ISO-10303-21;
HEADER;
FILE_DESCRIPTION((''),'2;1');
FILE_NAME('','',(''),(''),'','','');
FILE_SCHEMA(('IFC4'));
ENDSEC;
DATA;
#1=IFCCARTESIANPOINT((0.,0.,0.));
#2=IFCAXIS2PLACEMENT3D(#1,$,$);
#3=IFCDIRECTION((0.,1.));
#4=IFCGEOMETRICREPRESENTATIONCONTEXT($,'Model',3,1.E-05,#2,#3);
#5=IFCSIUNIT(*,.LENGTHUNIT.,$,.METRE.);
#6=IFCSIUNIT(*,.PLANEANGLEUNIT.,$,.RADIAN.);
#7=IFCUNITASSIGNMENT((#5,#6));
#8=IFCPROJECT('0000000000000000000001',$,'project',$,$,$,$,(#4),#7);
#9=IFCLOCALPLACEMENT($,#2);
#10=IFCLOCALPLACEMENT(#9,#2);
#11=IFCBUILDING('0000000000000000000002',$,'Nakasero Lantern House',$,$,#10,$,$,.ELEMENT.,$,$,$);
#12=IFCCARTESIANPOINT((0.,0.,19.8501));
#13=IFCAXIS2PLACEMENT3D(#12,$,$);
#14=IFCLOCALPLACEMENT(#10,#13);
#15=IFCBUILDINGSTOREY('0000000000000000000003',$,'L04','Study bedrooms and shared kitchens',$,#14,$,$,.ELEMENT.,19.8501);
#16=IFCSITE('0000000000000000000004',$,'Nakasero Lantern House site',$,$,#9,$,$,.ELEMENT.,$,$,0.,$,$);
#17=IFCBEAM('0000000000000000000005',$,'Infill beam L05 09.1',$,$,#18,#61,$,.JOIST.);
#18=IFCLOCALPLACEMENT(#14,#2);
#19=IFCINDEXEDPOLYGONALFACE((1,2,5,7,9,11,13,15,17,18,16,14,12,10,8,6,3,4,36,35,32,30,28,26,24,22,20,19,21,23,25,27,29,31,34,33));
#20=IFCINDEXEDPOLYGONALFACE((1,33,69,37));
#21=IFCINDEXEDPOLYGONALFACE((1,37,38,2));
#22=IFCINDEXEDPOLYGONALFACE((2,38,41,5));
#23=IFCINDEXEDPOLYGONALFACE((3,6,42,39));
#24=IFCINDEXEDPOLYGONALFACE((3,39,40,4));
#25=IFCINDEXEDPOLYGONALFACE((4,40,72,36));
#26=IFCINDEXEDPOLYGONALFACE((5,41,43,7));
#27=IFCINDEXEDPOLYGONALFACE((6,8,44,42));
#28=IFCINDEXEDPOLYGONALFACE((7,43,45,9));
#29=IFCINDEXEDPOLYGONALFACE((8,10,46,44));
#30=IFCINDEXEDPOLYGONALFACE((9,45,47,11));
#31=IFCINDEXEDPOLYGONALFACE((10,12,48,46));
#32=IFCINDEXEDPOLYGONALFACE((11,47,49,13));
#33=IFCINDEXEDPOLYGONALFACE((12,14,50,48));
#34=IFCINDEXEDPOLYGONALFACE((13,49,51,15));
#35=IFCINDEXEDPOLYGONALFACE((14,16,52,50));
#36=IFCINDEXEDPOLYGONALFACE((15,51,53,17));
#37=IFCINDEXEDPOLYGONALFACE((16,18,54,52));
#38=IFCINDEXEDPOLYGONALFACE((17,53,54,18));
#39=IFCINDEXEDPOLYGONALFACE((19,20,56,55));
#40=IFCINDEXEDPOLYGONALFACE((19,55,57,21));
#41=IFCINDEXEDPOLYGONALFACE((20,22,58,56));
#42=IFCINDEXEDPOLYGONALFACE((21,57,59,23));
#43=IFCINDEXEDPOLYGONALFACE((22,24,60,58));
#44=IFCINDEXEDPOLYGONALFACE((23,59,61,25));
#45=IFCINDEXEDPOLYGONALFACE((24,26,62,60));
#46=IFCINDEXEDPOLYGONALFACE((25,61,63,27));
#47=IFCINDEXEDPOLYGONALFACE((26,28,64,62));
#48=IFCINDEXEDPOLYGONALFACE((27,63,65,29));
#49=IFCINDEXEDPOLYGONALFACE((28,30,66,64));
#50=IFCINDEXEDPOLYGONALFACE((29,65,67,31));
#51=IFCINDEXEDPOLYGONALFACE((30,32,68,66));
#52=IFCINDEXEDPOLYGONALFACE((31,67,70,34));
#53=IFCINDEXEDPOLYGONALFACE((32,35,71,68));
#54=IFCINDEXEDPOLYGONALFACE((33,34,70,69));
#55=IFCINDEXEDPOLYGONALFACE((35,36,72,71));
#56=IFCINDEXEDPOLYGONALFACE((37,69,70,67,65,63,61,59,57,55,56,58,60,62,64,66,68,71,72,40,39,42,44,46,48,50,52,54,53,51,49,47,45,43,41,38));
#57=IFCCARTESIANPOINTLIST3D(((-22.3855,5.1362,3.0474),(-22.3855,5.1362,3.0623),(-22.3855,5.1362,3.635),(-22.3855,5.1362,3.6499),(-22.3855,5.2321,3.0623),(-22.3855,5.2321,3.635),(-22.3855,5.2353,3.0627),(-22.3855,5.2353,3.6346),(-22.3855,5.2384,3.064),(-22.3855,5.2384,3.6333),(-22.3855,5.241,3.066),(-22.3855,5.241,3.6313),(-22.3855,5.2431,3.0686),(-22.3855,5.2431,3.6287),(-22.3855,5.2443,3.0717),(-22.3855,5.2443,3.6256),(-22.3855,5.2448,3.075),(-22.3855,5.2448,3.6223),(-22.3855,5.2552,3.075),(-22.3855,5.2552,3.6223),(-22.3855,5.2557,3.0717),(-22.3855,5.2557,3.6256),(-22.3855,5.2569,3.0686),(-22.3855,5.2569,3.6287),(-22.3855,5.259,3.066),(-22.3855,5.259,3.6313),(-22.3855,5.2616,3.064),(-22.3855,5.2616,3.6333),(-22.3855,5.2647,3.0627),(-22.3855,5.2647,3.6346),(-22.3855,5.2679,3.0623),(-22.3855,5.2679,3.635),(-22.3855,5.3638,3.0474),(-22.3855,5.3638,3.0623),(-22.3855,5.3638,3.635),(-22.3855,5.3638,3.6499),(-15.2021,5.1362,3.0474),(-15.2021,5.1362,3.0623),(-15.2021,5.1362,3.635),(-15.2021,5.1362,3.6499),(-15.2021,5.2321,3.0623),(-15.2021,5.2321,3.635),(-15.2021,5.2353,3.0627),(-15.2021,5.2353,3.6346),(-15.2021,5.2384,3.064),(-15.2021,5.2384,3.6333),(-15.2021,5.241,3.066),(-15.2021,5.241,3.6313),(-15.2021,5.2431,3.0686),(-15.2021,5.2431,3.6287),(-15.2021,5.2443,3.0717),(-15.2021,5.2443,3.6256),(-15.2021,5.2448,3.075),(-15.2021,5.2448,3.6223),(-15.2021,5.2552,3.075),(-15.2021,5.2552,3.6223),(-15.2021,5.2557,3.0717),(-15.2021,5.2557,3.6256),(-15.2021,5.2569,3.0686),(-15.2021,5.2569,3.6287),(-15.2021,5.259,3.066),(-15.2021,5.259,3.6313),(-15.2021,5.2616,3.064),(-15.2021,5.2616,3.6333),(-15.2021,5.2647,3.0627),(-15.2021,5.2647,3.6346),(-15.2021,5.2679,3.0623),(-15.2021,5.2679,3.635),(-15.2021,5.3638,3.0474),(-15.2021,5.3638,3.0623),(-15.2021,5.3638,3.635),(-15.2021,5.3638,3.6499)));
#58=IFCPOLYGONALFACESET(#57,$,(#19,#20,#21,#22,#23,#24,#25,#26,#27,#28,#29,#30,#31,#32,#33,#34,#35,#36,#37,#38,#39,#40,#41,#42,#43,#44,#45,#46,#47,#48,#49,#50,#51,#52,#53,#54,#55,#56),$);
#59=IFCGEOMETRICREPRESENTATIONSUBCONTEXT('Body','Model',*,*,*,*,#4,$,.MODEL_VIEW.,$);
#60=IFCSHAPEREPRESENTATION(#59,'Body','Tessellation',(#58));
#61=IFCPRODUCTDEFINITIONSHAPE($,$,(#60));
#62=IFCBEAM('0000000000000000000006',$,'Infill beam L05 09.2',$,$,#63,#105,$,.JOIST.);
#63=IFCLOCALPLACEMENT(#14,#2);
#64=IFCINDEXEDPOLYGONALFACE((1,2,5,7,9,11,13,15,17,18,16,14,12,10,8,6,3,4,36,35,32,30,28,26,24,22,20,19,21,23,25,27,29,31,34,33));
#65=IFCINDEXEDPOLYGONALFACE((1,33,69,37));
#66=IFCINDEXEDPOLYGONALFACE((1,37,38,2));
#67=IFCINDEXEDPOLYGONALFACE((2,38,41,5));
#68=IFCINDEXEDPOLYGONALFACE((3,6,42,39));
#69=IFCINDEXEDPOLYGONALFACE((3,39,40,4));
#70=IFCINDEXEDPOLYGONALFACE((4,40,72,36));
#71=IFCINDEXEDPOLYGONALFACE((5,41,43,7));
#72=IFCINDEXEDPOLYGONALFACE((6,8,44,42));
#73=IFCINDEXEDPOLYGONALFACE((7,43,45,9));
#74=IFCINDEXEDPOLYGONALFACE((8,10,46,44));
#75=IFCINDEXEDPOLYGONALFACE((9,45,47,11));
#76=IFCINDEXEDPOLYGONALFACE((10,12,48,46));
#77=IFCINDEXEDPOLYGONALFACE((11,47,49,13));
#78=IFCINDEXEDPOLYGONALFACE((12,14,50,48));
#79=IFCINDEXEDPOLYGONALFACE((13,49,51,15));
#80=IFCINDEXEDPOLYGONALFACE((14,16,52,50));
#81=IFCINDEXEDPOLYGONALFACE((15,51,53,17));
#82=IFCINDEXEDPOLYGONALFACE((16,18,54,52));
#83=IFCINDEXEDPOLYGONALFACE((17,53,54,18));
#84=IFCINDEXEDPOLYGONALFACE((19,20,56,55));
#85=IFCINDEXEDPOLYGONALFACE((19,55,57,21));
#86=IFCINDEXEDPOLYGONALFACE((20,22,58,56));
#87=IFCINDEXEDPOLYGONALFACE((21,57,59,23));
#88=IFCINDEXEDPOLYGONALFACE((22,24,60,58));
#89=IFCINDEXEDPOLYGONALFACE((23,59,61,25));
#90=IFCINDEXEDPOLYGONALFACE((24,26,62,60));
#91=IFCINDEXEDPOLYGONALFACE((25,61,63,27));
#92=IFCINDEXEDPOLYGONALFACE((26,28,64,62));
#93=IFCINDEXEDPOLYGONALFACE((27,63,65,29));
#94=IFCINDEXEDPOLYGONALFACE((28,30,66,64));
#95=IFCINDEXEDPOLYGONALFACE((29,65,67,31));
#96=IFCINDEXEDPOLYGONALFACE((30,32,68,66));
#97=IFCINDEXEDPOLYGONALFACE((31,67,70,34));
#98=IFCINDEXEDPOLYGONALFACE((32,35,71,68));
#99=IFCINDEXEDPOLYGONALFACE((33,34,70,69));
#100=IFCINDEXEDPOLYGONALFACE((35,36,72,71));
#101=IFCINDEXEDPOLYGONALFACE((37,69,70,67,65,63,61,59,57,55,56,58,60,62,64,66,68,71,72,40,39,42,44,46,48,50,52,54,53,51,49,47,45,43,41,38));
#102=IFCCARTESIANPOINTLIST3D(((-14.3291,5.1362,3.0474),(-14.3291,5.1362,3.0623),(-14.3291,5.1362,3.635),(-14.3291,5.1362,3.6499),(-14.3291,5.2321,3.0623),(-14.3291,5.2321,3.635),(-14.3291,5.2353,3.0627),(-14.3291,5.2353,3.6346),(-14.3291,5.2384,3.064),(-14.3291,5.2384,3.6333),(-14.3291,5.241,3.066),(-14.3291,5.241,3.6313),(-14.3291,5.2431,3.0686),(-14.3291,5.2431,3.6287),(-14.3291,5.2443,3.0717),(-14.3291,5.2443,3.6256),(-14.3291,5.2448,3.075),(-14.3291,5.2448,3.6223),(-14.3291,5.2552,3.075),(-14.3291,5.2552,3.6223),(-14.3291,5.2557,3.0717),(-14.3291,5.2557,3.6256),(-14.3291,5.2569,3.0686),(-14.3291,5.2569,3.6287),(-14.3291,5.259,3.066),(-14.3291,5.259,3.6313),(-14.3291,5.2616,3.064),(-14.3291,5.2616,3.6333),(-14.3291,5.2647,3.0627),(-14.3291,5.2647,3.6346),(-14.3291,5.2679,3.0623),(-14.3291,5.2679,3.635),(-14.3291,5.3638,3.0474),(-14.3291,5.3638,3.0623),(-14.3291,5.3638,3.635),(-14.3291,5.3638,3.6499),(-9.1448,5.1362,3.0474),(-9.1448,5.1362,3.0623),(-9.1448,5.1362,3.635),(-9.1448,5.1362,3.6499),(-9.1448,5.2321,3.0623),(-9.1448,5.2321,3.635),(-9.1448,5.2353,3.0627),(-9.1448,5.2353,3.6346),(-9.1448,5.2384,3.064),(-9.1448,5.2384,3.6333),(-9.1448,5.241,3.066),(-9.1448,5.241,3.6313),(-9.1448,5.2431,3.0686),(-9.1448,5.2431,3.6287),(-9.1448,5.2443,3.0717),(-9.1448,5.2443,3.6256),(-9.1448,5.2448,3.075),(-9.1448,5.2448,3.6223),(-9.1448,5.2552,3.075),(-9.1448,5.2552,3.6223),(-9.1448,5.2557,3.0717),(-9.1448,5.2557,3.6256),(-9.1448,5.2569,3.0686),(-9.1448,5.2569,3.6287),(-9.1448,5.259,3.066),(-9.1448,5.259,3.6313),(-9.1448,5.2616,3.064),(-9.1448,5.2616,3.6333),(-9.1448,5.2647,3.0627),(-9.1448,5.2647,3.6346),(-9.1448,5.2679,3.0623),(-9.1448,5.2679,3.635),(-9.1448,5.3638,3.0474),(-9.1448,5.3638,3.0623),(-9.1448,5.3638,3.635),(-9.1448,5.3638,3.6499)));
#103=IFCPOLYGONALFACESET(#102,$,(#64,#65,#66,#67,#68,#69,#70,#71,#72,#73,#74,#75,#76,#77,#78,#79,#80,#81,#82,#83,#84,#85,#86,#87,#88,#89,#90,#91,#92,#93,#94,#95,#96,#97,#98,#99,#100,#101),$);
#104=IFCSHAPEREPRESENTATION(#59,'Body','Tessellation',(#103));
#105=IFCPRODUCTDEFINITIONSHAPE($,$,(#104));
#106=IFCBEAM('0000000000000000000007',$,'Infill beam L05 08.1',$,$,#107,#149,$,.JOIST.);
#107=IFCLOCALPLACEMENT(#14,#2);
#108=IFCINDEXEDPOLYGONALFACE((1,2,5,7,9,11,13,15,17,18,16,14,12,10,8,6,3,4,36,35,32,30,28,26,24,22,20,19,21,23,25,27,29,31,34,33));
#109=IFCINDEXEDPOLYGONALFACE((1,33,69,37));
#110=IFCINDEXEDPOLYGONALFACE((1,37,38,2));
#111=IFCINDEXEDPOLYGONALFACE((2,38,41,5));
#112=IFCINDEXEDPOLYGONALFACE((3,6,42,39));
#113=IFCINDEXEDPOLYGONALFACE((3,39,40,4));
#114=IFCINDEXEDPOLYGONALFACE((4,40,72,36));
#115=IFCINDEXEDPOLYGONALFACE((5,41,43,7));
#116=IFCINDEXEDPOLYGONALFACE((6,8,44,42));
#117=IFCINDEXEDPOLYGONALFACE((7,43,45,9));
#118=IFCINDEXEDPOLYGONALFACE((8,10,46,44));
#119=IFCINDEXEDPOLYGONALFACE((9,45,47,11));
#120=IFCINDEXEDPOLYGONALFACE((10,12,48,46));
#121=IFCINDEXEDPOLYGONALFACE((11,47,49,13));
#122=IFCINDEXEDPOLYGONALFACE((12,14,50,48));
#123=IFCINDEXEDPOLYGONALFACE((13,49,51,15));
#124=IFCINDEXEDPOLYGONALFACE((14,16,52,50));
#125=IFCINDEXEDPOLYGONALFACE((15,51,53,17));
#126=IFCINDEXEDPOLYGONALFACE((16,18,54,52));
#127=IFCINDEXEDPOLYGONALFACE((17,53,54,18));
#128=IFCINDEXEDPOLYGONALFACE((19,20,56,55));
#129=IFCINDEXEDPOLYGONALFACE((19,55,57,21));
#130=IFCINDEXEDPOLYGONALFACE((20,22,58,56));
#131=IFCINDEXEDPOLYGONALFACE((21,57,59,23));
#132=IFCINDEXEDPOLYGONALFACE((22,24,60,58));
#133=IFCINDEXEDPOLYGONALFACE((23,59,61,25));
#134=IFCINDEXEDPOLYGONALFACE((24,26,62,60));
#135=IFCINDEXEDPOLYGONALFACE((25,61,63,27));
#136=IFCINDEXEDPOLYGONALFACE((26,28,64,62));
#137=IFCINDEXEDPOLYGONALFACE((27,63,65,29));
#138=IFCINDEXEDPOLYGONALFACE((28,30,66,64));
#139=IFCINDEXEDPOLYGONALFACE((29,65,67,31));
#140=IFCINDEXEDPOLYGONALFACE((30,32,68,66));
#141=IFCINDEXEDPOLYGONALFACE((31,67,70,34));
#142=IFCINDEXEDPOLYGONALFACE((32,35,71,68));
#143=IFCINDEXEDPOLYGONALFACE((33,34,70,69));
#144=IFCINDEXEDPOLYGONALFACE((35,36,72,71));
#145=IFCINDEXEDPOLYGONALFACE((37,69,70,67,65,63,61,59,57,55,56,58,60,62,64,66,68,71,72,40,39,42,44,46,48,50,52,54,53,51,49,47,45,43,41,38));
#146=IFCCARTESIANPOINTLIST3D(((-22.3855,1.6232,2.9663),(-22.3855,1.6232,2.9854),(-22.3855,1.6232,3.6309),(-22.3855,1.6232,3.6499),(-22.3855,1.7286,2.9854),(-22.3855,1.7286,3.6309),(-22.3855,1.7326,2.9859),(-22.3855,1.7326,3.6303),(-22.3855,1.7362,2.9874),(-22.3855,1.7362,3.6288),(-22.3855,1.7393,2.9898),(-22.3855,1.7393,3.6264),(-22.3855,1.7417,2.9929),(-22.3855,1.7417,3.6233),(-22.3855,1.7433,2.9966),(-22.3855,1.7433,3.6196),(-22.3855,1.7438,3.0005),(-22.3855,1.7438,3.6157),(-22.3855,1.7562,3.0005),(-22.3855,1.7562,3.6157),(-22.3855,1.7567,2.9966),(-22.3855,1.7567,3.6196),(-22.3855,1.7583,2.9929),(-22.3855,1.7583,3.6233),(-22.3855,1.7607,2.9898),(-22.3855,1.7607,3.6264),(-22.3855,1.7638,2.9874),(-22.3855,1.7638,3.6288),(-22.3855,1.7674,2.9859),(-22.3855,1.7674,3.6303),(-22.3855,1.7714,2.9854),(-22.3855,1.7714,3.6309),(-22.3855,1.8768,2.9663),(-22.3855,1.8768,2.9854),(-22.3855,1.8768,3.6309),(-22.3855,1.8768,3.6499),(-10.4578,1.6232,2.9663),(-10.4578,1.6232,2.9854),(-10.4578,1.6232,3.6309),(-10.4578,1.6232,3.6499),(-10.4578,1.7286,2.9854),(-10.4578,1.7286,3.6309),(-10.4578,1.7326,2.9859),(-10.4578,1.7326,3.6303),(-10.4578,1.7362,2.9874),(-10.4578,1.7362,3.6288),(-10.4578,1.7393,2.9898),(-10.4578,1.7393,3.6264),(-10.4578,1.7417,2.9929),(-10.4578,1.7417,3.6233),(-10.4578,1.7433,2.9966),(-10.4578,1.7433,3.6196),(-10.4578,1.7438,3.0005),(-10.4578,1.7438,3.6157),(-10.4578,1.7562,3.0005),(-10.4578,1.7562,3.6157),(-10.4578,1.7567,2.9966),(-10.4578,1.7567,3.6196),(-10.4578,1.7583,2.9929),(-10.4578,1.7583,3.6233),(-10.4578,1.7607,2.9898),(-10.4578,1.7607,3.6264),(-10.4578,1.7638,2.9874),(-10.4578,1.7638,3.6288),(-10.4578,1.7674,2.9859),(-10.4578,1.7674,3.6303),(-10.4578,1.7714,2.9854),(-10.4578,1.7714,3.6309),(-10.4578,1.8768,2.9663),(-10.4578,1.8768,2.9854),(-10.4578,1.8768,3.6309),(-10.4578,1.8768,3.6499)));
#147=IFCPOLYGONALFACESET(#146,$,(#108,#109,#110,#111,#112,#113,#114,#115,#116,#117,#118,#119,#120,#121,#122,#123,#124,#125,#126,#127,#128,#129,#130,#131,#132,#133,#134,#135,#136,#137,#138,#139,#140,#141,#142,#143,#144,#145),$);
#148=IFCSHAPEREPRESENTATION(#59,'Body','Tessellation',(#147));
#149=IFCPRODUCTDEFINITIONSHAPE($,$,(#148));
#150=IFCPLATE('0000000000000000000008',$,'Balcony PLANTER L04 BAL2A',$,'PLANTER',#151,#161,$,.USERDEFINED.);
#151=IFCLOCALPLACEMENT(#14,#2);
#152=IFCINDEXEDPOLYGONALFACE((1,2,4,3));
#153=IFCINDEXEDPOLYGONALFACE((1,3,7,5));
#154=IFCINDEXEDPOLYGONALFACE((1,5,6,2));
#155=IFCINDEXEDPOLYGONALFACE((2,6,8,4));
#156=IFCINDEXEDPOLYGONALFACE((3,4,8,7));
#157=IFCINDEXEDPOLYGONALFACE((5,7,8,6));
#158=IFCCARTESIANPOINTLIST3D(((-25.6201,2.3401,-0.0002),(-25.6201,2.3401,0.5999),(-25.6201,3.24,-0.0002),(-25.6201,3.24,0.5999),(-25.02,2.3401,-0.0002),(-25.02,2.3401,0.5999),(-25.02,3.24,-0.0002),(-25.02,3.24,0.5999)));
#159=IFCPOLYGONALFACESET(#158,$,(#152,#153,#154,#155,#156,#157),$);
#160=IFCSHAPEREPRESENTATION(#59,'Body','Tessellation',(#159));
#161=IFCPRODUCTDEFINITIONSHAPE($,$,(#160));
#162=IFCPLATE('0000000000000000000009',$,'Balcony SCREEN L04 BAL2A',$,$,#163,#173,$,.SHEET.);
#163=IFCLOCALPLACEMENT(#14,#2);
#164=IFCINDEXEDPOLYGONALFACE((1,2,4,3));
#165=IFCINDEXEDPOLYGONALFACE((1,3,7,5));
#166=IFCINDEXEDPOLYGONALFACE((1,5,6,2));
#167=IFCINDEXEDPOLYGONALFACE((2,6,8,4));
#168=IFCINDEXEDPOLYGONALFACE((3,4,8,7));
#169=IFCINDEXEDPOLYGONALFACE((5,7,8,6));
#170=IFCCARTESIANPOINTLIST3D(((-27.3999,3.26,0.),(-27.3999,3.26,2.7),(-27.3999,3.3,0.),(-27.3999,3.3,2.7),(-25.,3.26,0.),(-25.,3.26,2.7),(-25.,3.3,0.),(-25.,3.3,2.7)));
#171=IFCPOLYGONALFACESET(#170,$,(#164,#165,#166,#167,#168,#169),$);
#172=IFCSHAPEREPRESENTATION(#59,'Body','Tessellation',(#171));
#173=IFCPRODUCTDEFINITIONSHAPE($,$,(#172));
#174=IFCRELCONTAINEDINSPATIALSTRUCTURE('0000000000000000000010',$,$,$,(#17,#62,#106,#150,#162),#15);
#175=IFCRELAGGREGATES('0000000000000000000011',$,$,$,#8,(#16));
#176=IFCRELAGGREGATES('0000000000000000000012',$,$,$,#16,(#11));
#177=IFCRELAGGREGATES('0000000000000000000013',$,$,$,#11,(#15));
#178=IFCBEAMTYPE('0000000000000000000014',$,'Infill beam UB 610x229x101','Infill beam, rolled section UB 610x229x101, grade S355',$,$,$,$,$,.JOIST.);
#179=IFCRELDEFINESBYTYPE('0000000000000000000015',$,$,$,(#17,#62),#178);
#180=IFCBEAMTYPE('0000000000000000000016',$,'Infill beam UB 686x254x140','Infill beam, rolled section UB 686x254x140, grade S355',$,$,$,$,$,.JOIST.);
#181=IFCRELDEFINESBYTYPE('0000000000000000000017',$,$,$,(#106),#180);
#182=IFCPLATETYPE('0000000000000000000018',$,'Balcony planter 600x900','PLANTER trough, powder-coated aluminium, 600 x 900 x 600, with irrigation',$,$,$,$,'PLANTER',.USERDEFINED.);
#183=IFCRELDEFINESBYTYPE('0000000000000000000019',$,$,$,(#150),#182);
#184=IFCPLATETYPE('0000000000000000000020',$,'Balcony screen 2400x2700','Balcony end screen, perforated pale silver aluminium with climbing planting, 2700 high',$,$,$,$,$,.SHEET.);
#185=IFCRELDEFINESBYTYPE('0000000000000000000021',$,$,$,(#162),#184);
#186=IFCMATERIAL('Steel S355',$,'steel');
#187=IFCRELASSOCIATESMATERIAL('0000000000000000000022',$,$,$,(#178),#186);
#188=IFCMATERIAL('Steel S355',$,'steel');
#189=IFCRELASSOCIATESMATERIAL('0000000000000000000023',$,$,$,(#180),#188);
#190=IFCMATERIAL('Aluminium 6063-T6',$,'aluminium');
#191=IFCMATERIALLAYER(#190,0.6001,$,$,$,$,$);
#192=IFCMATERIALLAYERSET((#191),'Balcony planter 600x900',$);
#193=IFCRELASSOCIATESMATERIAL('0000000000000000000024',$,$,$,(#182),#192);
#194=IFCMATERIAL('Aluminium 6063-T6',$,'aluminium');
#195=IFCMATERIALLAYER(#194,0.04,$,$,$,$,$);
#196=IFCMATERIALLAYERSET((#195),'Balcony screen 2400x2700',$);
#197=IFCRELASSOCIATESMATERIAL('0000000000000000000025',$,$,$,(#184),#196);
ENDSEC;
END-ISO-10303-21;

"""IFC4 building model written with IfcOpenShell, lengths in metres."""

from ifc_helpers import new_model, si_unit, direction, frame, origin, origin_2d, place, context, subcontext, project, spatial, rectangle, i_section, extrude, material, layer, layer_set, material_profile, profile_set, type_object, element, save


model = new_model("IFC4")

# Units and contexts
model_context = context("Model", 3, precision=1e-05, world=origin(), true_north=direction((0.0, 1.0)))
body_context = subcontext(model_context, "Body", "Model", "MODEL_VIEW")
ifc_project = project(units=[si_unit("LENGTHUNIT", "METRE"), si_unit("PLANEANGLEUNIT", "RADIAN")], contexts=[model_context])

# Site, building, storey
site_placement = place(None, origin())
site = spatial("IfcSite", under=ifc_project, at=site_placement, Name="Nakasero Lantern House site", CompositionType="ELEMENT", RefElevation=0.0)
building_placement = place(site_placement, origin())
building = spatial("IfcBuilding", under=site, at=building_placement, Name="Nakasero Lantern House", CompositionType="ELEMENT")
storey_placement = place(building_placement, frame((0.0, 0.0, 19.8501)))
storey = spatial("IfcBuildingStorey", under=building, at=storey_placement, Name="L04", Description="Study bedrooms and shared kitchens", CompositionType="ELEMENT", Elevation=19.8501)

# Beams
ifc_material_1 = material(Name="Steel S355", Category="steel")
ifc_material_profile_1 = material_profile(ifc_material_1, i_section(OverallWidth=0.2275, OverallDepth=0.6025, WebThickness=0.0105, FlangeThickness=0.0149, FilletRadius=0.0127, at=origin_2d()), Name="UB 610x229x101")
ifc_profile_set_1 = profile_set([ifc_material_profile_1], Name="Steel S355")
beam_type_1 = type_object("IfcBeamType", Name="Infill beam UB 610x229x101", Description="Infill beam, rolled section UB 610x229x101, grade S355", PredefinedType="JOIST", material=ifc_profile_set_1)
beam_1_placement = place(storey_placement, frame((-22.3855, 5.25, 3.3486), z_axis=(1.0, 0.0, 0.0), x_axis=(0.0, 1.0, 0.0)))
element("IfcBeam", 1, at=beam_1_placement, inside=storey, type_object=beam_type_1, Name="Infill beam L05 09.1", PredefinedType="JOIST", context=body_context, shape_type="SweptSolid", body=[
    extrude(i_section(OverallWidth=0.2275, OverallDepth=0.6025, WebThickness=0.0105, FlangeThickness=0.0149, FilletRadius=0.0127, at=origin_2d()), origin(), (0.0, 0.0, 1.0), 7.1833),
])
beam_2_placement = place(storey_placement, frame((-14.3291, 5.25, 3.3486), z_axis=(1.0, 0.0, 0.0), x_axis=(0.0, 1.0, 0.0)))
element("IfcBeam", 2, at=beam_2_placement, inside=storey, type_object=beam_type_1, Name="Infill beam L05 09.2", PredefinedType="JOIST", context=body_context, shape_type="SweptSolid", body=[
    extrude(i_section(OverallWidth=0.2275, OverallDepth=0.6025, WebThickness=0.0105, FlangeThickness=0.0149, FilletRadius=0.0127, at=origin_2d()), origin(), (0.0, 0.0, 1.0), 5.1843),
])
ifc_material_2 = material(Name="Steel S355", Category="steel")
ifc_material_profile_2 = material_profile(ifc_material_2, i_section(OverallWidth=0.2537, OverallDepth=0.6836, WebThickness=0.0125, FlangeThickness=0.019, FilletRadius=0.0151, at=origin_2d()), Name="UB 686x254x140")
ifc_profile_set_2 = profile_set([ifc_material_profile_2], Name="Steel S355")
beam_type_2 = type_object("IfcBeamType", Name="Infill beam UB 686x254x140", Description="Infill beam, rolled section UB 686x254x140, grade S355", PredefinedType="JOIST", material=ifc_profile_set_2)
beam_3_placement = place(storey_placement, frame((-22.3855, 1.75, 3.3081), z_axis=(1.0, 0.0, 0.0), x_axis=(0.0, 1.0, 0.0)))
element("IfcBeam", 3, at=beam_3_placement, inside=storey, type_object=beam_type_2, Name="Infill beam L05 08.1", PredefinedType="JOIST", context=body_context, shape_type="SweptSolid", body=[
    extrude(i_section(OverallWidth=0.2537, OverallDepth=0.6836, WebThickness=0.0125, FlangeThickness=0.019, FilletRadius=0.0151, at=origin_2d()), origin(), (0.0, 0.0, 1.0), 11.9277),
])

# Plates
ifc_material_3 = material(Name="Aluminium 6063-T6", Category="aluminium")
ifc_layer_1 = layer(ifc_material_3, 0.6001)
ifc_layer_set_1 = layer_set([ifc_layer_1], Name="Balcony planter 600x900")
plate_type_1 = type_object("IfcPlateType", Name="Balcony planter 600x900", Description="PLANTER trough, powder-coated aluminium, 600 x 900 x 600, with irrigation", ElementType="PLANTER", PredefinedType="USERDEFINED", material=ifc_layer_set_1)
plate_1_placement = place(storey_placement, frame((-25.3201, 2.79, -0.0002), z_axis=(0.0, 0.0, 1.0), x_axis=(-1.0, 0.0, 0.0)))
element("IfcPlate", 4, at=plate_1_placement, inside=storey, type_object=plate_type_1, Name="Balcony PLANTER L04 BAL2A", ObjectType="PLANTER", PredefinedType="USERDEFINED", context=body_context, shape_type="SweptSolid", body=[
    extrude(rectangle(XDim=0.6001, YDim=0.8999, at=origin_2d()), origin(), (0.0, 0.0, 1.0), 0.6001),
])
ifc_material_4 = material(Name="Aluminium 6063-T6", Category="aluminium")
ifc_layer_2 = layer(ifc_material_4, 0.04)
ifc_layer_set_2 = layer_set([ifc_layer_2], Name="Balcony screen 2400x2700")
plate_type_2 = type_object("IfcPlateType", Name="Balcony screen 2400x2700", Description="Balcony end screen, perforated pale silver aluminium with climbing planting, 2700 high", PredefinedType="SHEET", material=ifc_layer_set_2)
plate_2_placement = place(storey_placement, frame((-26.2, 3.28, 0.0), z_axis=(0.0, 0.0, 1.0), x_axis=(-1.0, 0.0, 0.0)))
element("IfcPlate", 5, at=plate_2_placement, inside=storey, type_object=plate_type_2, Name="Balcony SCREEN L04 BAL2A", PredefinedType="SHEET", context=body_context, shape_type="SweptSolid", body=[
    extrude(rectangle(XDim=2.3999, YDim=0.04, at=origin_2d()), origin(), (0.0, 0.0, 1.0), 2.7),
])

save(model, "model.ifc")
